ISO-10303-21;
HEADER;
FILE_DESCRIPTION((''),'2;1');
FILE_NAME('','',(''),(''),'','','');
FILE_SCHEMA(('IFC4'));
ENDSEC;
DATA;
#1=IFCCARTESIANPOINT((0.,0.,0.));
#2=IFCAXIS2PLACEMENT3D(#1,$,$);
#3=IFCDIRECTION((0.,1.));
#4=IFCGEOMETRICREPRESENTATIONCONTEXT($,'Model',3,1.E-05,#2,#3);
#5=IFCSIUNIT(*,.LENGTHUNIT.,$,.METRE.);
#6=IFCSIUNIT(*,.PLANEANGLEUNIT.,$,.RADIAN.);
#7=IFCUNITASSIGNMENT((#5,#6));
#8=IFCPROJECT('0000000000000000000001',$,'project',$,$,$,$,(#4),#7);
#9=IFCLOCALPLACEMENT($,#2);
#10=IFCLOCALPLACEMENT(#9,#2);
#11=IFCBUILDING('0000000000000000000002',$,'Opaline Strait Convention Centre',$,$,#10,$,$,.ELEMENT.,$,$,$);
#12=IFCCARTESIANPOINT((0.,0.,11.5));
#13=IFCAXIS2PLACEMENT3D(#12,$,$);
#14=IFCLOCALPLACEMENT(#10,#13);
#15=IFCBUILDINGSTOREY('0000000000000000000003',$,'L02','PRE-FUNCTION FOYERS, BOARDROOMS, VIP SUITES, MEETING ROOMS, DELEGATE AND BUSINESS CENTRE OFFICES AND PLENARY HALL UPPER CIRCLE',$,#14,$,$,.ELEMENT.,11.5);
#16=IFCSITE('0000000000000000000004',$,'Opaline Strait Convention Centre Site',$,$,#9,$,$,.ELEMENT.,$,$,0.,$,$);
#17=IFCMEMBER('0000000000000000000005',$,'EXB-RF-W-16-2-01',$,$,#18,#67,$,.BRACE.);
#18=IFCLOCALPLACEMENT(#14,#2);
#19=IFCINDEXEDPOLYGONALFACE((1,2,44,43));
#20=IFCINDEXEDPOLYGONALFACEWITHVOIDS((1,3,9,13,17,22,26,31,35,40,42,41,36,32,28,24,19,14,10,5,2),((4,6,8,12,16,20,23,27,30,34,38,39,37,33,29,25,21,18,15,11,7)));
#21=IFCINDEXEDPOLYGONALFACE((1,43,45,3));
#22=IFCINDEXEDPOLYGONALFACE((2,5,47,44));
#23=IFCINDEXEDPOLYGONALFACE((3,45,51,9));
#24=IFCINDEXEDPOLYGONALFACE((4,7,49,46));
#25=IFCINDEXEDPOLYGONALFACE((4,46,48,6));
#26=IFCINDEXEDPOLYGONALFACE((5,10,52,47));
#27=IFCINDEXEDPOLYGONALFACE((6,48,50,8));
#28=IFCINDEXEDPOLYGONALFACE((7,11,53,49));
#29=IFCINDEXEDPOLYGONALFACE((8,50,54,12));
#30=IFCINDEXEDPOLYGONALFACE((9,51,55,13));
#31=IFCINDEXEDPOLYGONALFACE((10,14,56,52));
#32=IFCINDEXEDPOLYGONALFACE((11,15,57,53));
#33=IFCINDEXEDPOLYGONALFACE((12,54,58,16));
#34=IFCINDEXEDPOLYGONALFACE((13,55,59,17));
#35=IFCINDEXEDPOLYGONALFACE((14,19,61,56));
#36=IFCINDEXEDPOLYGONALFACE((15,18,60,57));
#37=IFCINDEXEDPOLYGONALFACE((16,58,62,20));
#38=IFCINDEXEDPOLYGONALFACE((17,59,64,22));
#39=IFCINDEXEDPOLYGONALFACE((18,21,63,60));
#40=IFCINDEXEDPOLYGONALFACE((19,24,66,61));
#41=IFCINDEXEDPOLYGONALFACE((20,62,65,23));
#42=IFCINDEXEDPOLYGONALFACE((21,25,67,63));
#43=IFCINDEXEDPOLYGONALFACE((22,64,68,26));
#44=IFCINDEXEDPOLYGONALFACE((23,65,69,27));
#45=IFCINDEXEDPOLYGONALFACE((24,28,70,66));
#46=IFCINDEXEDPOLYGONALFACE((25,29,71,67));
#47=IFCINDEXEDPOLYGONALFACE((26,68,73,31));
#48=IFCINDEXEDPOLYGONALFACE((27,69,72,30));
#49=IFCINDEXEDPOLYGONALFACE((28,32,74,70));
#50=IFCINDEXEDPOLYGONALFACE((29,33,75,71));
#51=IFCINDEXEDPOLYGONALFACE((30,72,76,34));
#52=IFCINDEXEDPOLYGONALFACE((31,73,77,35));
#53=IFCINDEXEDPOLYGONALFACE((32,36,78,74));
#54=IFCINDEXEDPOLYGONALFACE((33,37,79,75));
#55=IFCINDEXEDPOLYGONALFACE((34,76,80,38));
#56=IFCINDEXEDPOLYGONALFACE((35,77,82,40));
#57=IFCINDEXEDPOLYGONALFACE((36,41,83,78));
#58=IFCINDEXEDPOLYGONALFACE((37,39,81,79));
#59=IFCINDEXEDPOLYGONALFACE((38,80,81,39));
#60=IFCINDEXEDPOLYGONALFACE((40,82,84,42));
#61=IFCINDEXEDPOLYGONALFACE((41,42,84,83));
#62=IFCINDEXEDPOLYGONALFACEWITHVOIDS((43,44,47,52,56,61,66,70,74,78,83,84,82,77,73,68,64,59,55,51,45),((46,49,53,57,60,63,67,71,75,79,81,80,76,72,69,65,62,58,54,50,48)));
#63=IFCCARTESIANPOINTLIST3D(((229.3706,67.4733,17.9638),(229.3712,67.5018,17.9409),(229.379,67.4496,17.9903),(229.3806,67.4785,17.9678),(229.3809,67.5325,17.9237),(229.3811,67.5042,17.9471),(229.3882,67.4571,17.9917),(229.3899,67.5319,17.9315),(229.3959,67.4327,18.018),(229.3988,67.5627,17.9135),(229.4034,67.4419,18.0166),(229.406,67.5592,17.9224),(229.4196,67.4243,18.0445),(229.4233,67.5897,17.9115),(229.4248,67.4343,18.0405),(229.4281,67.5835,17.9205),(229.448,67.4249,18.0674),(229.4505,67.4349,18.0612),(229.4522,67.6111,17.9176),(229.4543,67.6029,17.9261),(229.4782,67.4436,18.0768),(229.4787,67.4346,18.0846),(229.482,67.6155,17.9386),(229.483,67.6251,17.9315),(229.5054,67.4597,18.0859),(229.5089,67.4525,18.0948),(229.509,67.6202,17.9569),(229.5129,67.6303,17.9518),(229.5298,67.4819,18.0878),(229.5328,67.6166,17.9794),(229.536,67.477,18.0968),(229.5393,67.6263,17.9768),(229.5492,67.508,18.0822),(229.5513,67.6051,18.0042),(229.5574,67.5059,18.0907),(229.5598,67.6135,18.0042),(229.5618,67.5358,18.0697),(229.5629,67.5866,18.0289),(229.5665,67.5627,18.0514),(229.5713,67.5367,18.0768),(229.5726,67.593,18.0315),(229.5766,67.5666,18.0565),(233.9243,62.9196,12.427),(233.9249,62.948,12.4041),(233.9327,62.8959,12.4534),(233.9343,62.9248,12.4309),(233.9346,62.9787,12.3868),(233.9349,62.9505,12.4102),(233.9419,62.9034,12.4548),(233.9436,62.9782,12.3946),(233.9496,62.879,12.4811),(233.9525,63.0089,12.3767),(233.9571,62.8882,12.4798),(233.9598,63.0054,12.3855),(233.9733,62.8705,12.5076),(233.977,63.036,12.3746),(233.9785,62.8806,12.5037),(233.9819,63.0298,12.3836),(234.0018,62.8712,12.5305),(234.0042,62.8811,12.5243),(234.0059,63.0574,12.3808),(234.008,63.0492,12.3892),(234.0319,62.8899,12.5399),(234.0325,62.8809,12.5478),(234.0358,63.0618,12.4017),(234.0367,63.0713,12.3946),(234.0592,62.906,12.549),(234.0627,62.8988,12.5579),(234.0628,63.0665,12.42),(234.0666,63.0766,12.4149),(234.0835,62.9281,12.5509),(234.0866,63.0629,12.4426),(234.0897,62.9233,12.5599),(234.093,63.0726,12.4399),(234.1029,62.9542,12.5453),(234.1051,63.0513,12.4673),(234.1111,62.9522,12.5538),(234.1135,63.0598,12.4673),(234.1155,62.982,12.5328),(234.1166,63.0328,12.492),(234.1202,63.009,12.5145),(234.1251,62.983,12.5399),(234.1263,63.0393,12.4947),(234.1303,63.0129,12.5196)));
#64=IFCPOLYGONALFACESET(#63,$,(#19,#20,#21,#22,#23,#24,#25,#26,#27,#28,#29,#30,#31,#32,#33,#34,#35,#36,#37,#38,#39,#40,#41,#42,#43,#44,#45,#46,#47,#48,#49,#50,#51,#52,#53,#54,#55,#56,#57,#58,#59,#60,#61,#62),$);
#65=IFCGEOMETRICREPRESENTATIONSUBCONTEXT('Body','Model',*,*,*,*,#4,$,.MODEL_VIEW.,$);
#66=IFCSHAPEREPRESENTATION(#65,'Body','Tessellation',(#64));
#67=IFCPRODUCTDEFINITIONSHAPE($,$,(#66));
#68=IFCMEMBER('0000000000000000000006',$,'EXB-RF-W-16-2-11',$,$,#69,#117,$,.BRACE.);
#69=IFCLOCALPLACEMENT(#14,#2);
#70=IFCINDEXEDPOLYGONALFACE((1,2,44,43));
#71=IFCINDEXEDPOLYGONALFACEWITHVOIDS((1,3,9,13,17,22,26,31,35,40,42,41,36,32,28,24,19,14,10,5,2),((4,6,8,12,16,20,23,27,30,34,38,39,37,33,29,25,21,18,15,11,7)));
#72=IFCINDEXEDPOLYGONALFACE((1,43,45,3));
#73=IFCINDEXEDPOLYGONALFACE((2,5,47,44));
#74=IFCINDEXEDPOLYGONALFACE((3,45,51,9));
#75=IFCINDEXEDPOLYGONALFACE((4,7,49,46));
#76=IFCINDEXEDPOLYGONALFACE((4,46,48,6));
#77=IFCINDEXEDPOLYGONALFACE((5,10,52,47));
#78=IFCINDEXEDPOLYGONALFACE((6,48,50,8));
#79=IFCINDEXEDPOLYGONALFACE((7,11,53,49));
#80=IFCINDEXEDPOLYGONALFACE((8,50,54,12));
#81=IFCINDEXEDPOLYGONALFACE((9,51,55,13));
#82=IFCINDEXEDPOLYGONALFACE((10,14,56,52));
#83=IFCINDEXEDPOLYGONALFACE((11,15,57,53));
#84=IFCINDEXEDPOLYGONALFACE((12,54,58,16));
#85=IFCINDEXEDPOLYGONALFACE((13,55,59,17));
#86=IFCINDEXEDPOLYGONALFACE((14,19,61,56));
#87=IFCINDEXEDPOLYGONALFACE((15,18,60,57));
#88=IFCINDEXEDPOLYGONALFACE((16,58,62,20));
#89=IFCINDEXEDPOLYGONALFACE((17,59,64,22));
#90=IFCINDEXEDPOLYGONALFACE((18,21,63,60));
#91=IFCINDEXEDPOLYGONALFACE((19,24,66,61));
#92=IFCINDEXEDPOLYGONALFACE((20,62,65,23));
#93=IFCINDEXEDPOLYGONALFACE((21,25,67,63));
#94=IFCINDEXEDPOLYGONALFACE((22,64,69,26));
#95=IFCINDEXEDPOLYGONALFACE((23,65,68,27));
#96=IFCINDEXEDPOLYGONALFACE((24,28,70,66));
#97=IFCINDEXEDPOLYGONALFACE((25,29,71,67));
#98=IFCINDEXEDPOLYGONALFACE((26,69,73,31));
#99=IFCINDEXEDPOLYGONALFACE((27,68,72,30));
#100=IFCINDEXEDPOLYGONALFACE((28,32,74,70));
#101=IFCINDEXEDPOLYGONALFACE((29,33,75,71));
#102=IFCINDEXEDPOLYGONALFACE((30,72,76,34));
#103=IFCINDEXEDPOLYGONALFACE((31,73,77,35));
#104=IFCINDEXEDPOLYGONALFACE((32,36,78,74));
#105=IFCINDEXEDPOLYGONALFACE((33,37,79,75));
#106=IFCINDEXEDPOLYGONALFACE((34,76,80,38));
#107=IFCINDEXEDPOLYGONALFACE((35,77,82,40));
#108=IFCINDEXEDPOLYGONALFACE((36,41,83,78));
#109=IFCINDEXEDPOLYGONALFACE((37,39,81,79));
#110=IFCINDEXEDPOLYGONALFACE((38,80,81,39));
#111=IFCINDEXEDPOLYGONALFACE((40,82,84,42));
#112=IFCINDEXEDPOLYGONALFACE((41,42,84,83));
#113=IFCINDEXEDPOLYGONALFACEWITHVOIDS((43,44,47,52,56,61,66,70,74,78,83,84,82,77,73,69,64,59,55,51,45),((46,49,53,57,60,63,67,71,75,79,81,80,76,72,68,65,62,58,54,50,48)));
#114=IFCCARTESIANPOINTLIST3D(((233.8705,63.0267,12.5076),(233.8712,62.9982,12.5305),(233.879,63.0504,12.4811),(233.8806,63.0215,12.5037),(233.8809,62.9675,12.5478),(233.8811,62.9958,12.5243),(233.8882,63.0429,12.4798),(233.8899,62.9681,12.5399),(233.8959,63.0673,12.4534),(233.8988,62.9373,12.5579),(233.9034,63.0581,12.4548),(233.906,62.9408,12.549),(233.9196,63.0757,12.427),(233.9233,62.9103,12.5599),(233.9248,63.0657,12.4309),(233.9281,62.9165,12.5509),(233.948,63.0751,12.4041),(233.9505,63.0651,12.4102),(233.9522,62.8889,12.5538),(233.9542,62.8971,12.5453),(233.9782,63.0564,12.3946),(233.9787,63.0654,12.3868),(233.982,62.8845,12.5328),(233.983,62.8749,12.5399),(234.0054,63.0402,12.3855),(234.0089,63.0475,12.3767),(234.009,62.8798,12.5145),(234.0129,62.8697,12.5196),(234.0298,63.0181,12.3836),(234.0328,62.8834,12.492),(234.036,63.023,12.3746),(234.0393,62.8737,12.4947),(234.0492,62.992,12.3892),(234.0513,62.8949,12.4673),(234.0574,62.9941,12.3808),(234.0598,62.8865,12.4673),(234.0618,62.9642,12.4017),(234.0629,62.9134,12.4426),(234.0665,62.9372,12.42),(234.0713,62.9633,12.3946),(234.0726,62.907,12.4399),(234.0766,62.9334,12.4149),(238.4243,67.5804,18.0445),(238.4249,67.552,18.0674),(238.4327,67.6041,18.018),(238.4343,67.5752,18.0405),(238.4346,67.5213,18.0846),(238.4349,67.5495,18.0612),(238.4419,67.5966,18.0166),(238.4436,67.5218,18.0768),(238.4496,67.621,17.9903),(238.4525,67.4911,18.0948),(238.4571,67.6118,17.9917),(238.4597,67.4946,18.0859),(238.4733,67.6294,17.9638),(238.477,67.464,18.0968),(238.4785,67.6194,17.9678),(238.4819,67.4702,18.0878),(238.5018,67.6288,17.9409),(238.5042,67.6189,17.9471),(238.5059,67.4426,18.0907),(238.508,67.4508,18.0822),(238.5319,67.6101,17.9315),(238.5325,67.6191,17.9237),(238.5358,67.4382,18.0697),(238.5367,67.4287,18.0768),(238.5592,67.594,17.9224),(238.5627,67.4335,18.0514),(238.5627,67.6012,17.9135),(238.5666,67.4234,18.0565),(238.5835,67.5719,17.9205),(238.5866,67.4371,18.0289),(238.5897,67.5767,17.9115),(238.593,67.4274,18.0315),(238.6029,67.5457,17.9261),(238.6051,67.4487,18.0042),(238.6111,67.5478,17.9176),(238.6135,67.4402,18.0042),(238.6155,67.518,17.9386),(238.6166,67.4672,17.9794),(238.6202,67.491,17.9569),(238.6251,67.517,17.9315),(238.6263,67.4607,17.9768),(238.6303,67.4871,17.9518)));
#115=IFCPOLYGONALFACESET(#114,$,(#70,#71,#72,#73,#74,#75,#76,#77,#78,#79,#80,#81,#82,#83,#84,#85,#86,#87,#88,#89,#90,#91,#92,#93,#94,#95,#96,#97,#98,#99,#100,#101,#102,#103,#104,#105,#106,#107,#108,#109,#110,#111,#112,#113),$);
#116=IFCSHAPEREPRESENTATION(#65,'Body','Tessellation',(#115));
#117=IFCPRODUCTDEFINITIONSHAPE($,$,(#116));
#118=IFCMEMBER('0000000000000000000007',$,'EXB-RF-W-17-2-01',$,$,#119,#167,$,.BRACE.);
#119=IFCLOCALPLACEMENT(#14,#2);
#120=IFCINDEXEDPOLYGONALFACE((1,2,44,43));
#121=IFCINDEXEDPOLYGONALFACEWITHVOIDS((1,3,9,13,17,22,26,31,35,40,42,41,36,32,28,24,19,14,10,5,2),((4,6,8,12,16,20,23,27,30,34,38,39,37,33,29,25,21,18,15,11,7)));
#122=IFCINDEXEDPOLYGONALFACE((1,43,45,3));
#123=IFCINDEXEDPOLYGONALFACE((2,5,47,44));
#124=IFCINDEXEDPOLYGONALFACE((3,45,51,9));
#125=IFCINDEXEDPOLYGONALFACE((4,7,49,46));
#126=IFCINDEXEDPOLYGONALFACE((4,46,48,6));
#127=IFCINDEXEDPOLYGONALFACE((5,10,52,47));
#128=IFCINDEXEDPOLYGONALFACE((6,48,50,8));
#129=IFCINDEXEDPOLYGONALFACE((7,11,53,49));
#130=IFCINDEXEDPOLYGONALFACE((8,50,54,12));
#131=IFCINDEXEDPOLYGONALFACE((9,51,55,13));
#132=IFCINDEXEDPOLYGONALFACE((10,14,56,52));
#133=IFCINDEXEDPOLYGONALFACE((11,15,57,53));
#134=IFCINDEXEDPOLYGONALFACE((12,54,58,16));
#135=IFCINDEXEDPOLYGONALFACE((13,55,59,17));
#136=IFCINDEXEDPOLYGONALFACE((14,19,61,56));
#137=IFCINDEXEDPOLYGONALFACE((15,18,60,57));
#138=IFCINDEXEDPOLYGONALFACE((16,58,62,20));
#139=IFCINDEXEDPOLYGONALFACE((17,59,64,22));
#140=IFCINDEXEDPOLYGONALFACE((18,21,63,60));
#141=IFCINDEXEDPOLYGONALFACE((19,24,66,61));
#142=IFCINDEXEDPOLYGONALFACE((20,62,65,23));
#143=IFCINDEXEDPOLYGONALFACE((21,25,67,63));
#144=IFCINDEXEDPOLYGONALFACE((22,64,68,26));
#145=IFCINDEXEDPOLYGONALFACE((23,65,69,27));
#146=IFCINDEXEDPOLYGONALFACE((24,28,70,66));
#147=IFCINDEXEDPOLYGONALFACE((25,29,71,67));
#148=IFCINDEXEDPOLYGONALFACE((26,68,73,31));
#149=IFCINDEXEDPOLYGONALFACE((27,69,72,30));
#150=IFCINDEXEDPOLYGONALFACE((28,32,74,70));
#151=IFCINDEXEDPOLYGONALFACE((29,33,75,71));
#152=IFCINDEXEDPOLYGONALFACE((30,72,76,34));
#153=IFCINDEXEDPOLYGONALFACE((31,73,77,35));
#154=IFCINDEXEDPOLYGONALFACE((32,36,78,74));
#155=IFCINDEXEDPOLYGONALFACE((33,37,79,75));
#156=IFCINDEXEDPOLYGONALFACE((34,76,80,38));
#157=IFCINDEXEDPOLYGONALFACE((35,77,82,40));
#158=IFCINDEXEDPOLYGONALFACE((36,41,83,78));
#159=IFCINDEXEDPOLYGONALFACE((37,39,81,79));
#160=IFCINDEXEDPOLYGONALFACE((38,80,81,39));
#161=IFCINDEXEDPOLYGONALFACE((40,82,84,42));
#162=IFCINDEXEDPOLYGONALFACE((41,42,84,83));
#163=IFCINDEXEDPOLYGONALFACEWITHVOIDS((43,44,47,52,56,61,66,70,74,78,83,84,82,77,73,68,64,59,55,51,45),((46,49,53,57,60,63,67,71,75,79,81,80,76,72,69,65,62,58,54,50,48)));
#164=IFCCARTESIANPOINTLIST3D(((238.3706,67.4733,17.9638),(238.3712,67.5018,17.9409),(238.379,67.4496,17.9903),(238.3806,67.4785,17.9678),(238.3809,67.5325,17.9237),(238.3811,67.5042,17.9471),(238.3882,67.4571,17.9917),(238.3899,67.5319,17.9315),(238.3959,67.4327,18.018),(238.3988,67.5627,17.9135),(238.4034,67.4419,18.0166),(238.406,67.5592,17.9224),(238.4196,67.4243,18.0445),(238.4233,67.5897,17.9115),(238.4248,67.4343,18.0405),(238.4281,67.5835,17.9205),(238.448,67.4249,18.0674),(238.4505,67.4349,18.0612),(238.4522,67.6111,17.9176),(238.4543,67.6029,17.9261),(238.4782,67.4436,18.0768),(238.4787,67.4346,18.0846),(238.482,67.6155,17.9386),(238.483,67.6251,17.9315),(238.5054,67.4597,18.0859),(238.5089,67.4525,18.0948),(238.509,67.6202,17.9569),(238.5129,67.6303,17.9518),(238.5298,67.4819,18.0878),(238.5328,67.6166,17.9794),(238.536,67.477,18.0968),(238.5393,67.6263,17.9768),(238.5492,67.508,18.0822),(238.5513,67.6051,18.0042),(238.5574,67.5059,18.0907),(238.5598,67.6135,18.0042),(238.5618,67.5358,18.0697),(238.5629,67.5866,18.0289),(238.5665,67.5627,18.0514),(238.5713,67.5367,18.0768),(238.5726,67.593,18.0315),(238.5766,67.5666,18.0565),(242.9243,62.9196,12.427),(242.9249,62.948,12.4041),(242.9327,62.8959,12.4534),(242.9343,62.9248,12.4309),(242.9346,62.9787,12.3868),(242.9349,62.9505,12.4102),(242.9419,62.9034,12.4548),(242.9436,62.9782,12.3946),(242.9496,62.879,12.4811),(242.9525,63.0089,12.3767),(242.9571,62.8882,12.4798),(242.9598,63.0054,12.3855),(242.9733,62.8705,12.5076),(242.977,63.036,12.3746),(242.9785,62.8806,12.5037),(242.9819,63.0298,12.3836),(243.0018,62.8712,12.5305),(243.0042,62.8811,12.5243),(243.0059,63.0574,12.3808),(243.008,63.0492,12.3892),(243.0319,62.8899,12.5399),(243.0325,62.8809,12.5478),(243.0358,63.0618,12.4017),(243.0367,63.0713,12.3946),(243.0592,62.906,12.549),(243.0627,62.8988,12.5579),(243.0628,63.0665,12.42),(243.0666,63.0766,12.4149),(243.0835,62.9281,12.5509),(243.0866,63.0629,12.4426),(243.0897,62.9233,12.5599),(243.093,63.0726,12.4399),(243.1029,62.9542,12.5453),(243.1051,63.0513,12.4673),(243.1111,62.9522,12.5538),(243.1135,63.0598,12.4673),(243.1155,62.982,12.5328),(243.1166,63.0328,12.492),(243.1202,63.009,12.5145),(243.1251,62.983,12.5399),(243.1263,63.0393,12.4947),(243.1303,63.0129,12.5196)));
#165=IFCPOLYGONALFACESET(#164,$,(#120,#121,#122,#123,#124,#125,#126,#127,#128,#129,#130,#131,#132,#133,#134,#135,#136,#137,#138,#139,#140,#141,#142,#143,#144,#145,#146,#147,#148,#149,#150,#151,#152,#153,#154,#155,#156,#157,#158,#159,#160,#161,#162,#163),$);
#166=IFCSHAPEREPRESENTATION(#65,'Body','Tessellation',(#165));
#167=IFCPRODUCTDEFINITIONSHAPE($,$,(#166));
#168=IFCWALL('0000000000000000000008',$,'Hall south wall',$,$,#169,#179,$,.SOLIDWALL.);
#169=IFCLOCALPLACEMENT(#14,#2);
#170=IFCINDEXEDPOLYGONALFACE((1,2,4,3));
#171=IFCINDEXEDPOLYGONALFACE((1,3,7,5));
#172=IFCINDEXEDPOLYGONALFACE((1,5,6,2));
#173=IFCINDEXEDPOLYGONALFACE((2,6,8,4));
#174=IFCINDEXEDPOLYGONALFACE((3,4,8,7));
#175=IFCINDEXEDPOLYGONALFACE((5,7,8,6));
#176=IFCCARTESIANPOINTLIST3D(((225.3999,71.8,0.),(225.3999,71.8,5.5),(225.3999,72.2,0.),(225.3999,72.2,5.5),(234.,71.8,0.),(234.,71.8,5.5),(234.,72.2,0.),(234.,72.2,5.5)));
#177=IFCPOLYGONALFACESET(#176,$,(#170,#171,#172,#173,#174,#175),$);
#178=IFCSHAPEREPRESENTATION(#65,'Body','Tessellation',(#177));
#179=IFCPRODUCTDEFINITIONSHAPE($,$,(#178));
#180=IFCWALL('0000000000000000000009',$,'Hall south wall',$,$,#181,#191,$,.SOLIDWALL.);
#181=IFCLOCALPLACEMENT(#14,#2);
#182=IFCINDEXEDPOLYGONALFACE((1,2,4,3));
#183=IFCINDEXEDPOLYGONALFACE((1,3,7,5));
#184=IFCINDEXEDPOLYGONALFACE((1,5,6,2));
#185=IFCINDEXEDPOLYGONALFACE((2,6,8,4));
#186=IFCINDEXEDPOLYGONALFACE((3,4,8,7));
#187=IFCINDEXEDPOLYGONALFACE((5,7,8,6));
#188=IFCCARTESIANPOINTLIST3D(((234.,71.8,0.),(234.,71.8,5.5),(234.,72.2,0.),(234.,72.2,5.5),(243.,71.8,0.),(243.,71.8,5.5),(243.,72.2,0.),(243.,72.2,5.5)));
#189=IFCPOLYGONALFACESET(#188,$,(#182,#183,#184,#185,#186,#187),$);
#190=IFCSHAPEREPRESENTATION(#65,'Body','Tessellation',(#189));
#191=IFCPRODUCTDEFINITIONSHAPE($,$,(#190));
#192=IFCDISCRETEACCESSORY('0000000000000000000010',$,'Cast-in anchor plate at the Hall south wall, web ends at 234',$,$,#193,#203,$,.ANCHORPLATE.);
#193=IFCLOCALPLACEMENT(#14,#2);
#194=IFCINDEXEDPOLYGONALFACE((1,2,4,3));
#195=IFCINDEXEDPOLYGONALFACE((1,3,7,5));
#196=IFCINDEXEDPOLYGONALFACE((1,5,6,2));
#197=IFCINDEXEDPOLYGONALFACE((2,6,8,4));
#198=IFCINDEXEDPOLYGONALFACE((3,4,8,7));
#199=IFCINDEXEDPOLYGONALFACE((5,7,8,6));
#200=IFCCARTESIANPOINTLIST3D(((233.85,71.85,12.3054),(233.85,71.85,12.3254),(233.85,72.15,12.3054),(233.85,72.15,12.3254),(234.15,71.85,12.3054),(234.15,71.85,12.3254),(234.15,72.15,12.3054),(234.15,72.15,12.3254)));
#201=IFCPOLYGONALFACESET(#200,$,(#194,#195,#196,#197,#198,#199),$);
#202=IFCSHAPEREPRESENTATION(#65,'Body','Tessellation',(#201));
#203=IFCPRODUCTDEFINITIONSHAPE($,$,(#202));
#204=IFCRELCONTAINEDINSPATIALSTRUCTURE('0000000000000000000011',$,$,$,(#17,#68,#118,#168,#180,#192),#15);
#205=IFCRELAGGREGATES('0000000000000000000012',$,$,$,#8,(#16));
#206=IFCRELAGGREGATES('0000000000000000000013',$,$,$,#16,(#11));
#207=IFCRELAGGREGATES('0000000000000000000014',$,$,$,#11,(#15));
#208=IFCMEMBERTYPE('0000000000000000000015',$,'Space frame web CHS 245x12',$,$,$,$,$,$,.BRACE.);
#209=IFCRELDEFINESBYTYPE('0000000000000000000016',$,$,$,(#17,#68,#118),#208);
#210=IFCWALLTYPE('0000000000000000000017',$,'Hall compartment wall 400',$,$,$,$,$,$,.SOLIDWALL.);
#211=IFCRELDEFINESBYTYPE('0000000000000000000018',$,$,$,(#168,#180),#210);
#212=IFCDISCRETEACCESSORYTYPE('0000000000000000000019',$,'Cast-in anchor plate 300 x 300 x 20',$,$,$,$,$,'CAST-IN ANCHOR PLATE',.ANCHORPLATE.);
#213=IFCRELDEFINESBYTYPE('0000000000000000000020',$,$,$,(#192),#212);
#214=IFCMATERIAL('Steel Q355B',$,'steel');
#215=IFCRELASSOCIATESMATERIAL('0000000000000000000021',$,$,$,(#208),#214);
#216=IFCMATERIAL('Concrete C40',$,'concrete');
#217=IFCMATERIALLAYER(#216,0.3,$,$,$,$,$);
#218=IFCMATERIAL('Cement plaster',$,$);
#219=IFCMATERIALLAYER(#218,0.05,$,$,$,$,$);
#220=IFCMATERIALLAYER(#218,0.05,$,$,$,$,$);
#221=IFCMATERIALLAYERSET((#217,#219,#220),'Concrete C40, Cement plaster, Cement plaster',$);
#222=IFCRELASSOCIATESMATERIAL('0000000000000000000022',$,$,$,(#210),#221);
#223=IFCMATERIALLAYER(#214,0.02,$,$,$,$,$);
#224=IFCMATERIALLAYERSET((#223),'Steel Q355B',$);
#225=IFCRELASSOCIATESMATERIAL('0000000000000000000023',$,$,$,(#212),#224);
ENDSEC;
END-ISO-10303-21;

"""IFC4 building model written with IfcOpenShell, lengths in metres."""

from ifc_helpers import new_model, si_unit, direction, frame, frame_2d, origin, origin_2d, place, context, subcontext, project, spatial, rectangle, hollow_circle, extrude, material, layer, layer_set, material_profile, profile_set, type_object, element, save


model = new_model("IFC4")

# Units and contexts
model_context = context("Model", 3, precision=1e-05, world=origin(), true_north=direction((0.0, 1.0)))
body_context = subcontext(model_context, "Body", "Model", "MODEL_VIEW")
ifc_project = project(units=[si_unit("LENGTHUNIT", "METRE"), si_unit("PLANEANGLEUNIT", "RADIAN")], contexts=[model_context])

# Site, building, storey
site_placement = place(None, origin())
site = spatial("IfcSite", under=ifc_project, at=site_placement, Name="Opaline Strait Convention Centre Site", CompositionType="ELEMENT", RefElevation=0.0)
building_placement = place(site_placement, origin())
building = spatial("IfcBuilding", under=site, at=building_placement, Name="Opaline Strait Convention Centre", CompositionType="ELEMENT")
storey_placement = place(building_placement, frame((0.0, 0.0, 11.5)))
storey = spatial("IfcBuildingStorey", under=building, at=storey_placement, Name="L02", Description="PRE-FUNCTION FOYERS, BOARDROOMS, VIP SUITES, MEETING ROOMS, DELEGATE AND BUSINESS CENTRE OFFICES AND PLENARY HALL UPPER CIRCLE", CompositionType="ELEMENT", Elevation=11.5)

# Members
ifc_material_1 = material(Name="Steel Q355B", Category="steel")
ifc_material_profile_1 = material_profile(ifc_material_1, hollow_circle(Radius=0.1226, WallThickness=0.012, at=origin_2d()), Name="CHS 245x12")
ifc_profile_set_1 = profile_set([ifc_material_profile_1], Name="Steel Q355B")
member_type_1 = type_object("IfcMemberType", Name="Space frame web CHS 245x12", PredefinedType="BRACE", material=ifc_profile_set_1)
for number, where, z_axis, x_axis, name in (
    (1, (229.4731, 67.5269, 18.0042), (0.536178, -0.536178, -0.65194), (0.707107, 0.707107, 0.0), "EXB-RF-W-16-2-01"),
    (2, (238.5269, 67.5269, 18.0042), (-0.536178, -0.536178, -0.65194), (0.707107, -0.707107, 0.0), "EXB-RF-W-16-2-11"),
    (3, (238.4731, 67.5269, 18.0042), (0.536178, -0.536178, -0.65194), (0.707107, 0.707107, 0.0), "EXB-RF-W-17-2-01"),
):
    element("IfcMember", number, at=place(storey_placement, frame(where, z_axis=z_axis, x_axis=x_axis)), inside=storey, type_object=member_type_1, Name=name, PredefinedType="BRACE", context=body_context, shape_type="SweptSolid", body=[
        extrude(hollow_circle(Radius=0.1226, WallThickness=0.012, at=origin_2d()), origin(), (0.0, 0.0, 1.0), 8.4929),
    ])

# Walls
ifc_material_2 = material(Name="Concrete C40", Category="concrete")
ifc_layer_1 = layer(ifc_material_2, 0.3)
ifc_material_3 = material(Name="Cement plaster")
ifc_layer_2 = layer(ifc_material_3, 0.05)
ifc_layer_3 = layer(ifc_material_3, 0.05)
ifc_layer_set_1 = layer_set([ifc_layer_1, ifc_layer_2, ifc_layer_3], Name="Concrete C40, Cement plaster, Cement plaster")
wall_type = type_object("IfcWallType", Name="Hall compartment wall 400", PredefinedType="SOLIDWALL", material=ifc_layer_set_1)
wall_1_placement = place(storey_placement, frame((225.3999, 72.0, 0.0), z_axis=(0.0, 0.0, 1.0), x_axis=(1.0, 0.0, 0.0)))
element("IfcWall", 4, at=wall_1_placement, inside=storey, type_object=wall_type, Name="Hall south wall", PredefinedType="SOLIDWALL", context=body_context, shape_type="SweptSolid", body=[
    extrude(rectangle(XDim=8.6001, YDim=0.3999, at=frame_2d((4.3, 0.0))), origin(), (0.0, 0.0, 1.0), 5.5),
])
wall_2_placement = place(storey_placement, frame((234.0, 72.0, 0.0), z_axis=(0.0, 0.0, 1.0), x_axis=(1.0, 0.0, 0.0)))
element("IfcWall", 5, at=wall_2_placement, inside=storey, type_object=wall_type, Name="Hall south wall", PredefinedType="SOLIDWALL", context=body_context, shape_type="SweptSolid", body=[
    extrude(rectangle(XDim=9.0, YDim=0.3999, at=frame_2d((4.5, 0.0))), origin(), (0.0, 0.0, 1.0), 5.5),
])

# Discrete accessory
ifc_layer_4 = layer(ifc_material_1, 0.02)
ifc_layer_set_2 = layer_set([ifc_layer_4], Name="Steel Q355B")
discrete_accessory_type = type_object("IfcDiscreteAccessoryType", Name="Cast-in anchor plate 300 x 300 x 20", ElementType="CAST-IN ANCHOR PLATE", PredefinedType="ANCHORPLATE", material=ifc_layer_set_2)
discrete_accessory_placement = place(storey_placement, frame((234.0, 72.0, 12.3054), z_axis=(0.0, 0.0, 1.0), x_axis=(1.0, 0.0, 0.0)))
element("IfcDiscreteAccessory", 6, at=discrete_accessory_placement, inside=storey, type_object=discrete_accessory_type, Name="Cast-in anchor plate at the Hall south wall, web ends at 234", PredefinedType="ANCHORPLATE", context=body_context, shape_type="SweptSolid", body=[
    extrude(rectangle(XDim=0.3, YDim=0.3, at=origin_2d()), origin(), (0.0, 0.0, 1.0), 0.02),
])

save(model, "model.ifc")
